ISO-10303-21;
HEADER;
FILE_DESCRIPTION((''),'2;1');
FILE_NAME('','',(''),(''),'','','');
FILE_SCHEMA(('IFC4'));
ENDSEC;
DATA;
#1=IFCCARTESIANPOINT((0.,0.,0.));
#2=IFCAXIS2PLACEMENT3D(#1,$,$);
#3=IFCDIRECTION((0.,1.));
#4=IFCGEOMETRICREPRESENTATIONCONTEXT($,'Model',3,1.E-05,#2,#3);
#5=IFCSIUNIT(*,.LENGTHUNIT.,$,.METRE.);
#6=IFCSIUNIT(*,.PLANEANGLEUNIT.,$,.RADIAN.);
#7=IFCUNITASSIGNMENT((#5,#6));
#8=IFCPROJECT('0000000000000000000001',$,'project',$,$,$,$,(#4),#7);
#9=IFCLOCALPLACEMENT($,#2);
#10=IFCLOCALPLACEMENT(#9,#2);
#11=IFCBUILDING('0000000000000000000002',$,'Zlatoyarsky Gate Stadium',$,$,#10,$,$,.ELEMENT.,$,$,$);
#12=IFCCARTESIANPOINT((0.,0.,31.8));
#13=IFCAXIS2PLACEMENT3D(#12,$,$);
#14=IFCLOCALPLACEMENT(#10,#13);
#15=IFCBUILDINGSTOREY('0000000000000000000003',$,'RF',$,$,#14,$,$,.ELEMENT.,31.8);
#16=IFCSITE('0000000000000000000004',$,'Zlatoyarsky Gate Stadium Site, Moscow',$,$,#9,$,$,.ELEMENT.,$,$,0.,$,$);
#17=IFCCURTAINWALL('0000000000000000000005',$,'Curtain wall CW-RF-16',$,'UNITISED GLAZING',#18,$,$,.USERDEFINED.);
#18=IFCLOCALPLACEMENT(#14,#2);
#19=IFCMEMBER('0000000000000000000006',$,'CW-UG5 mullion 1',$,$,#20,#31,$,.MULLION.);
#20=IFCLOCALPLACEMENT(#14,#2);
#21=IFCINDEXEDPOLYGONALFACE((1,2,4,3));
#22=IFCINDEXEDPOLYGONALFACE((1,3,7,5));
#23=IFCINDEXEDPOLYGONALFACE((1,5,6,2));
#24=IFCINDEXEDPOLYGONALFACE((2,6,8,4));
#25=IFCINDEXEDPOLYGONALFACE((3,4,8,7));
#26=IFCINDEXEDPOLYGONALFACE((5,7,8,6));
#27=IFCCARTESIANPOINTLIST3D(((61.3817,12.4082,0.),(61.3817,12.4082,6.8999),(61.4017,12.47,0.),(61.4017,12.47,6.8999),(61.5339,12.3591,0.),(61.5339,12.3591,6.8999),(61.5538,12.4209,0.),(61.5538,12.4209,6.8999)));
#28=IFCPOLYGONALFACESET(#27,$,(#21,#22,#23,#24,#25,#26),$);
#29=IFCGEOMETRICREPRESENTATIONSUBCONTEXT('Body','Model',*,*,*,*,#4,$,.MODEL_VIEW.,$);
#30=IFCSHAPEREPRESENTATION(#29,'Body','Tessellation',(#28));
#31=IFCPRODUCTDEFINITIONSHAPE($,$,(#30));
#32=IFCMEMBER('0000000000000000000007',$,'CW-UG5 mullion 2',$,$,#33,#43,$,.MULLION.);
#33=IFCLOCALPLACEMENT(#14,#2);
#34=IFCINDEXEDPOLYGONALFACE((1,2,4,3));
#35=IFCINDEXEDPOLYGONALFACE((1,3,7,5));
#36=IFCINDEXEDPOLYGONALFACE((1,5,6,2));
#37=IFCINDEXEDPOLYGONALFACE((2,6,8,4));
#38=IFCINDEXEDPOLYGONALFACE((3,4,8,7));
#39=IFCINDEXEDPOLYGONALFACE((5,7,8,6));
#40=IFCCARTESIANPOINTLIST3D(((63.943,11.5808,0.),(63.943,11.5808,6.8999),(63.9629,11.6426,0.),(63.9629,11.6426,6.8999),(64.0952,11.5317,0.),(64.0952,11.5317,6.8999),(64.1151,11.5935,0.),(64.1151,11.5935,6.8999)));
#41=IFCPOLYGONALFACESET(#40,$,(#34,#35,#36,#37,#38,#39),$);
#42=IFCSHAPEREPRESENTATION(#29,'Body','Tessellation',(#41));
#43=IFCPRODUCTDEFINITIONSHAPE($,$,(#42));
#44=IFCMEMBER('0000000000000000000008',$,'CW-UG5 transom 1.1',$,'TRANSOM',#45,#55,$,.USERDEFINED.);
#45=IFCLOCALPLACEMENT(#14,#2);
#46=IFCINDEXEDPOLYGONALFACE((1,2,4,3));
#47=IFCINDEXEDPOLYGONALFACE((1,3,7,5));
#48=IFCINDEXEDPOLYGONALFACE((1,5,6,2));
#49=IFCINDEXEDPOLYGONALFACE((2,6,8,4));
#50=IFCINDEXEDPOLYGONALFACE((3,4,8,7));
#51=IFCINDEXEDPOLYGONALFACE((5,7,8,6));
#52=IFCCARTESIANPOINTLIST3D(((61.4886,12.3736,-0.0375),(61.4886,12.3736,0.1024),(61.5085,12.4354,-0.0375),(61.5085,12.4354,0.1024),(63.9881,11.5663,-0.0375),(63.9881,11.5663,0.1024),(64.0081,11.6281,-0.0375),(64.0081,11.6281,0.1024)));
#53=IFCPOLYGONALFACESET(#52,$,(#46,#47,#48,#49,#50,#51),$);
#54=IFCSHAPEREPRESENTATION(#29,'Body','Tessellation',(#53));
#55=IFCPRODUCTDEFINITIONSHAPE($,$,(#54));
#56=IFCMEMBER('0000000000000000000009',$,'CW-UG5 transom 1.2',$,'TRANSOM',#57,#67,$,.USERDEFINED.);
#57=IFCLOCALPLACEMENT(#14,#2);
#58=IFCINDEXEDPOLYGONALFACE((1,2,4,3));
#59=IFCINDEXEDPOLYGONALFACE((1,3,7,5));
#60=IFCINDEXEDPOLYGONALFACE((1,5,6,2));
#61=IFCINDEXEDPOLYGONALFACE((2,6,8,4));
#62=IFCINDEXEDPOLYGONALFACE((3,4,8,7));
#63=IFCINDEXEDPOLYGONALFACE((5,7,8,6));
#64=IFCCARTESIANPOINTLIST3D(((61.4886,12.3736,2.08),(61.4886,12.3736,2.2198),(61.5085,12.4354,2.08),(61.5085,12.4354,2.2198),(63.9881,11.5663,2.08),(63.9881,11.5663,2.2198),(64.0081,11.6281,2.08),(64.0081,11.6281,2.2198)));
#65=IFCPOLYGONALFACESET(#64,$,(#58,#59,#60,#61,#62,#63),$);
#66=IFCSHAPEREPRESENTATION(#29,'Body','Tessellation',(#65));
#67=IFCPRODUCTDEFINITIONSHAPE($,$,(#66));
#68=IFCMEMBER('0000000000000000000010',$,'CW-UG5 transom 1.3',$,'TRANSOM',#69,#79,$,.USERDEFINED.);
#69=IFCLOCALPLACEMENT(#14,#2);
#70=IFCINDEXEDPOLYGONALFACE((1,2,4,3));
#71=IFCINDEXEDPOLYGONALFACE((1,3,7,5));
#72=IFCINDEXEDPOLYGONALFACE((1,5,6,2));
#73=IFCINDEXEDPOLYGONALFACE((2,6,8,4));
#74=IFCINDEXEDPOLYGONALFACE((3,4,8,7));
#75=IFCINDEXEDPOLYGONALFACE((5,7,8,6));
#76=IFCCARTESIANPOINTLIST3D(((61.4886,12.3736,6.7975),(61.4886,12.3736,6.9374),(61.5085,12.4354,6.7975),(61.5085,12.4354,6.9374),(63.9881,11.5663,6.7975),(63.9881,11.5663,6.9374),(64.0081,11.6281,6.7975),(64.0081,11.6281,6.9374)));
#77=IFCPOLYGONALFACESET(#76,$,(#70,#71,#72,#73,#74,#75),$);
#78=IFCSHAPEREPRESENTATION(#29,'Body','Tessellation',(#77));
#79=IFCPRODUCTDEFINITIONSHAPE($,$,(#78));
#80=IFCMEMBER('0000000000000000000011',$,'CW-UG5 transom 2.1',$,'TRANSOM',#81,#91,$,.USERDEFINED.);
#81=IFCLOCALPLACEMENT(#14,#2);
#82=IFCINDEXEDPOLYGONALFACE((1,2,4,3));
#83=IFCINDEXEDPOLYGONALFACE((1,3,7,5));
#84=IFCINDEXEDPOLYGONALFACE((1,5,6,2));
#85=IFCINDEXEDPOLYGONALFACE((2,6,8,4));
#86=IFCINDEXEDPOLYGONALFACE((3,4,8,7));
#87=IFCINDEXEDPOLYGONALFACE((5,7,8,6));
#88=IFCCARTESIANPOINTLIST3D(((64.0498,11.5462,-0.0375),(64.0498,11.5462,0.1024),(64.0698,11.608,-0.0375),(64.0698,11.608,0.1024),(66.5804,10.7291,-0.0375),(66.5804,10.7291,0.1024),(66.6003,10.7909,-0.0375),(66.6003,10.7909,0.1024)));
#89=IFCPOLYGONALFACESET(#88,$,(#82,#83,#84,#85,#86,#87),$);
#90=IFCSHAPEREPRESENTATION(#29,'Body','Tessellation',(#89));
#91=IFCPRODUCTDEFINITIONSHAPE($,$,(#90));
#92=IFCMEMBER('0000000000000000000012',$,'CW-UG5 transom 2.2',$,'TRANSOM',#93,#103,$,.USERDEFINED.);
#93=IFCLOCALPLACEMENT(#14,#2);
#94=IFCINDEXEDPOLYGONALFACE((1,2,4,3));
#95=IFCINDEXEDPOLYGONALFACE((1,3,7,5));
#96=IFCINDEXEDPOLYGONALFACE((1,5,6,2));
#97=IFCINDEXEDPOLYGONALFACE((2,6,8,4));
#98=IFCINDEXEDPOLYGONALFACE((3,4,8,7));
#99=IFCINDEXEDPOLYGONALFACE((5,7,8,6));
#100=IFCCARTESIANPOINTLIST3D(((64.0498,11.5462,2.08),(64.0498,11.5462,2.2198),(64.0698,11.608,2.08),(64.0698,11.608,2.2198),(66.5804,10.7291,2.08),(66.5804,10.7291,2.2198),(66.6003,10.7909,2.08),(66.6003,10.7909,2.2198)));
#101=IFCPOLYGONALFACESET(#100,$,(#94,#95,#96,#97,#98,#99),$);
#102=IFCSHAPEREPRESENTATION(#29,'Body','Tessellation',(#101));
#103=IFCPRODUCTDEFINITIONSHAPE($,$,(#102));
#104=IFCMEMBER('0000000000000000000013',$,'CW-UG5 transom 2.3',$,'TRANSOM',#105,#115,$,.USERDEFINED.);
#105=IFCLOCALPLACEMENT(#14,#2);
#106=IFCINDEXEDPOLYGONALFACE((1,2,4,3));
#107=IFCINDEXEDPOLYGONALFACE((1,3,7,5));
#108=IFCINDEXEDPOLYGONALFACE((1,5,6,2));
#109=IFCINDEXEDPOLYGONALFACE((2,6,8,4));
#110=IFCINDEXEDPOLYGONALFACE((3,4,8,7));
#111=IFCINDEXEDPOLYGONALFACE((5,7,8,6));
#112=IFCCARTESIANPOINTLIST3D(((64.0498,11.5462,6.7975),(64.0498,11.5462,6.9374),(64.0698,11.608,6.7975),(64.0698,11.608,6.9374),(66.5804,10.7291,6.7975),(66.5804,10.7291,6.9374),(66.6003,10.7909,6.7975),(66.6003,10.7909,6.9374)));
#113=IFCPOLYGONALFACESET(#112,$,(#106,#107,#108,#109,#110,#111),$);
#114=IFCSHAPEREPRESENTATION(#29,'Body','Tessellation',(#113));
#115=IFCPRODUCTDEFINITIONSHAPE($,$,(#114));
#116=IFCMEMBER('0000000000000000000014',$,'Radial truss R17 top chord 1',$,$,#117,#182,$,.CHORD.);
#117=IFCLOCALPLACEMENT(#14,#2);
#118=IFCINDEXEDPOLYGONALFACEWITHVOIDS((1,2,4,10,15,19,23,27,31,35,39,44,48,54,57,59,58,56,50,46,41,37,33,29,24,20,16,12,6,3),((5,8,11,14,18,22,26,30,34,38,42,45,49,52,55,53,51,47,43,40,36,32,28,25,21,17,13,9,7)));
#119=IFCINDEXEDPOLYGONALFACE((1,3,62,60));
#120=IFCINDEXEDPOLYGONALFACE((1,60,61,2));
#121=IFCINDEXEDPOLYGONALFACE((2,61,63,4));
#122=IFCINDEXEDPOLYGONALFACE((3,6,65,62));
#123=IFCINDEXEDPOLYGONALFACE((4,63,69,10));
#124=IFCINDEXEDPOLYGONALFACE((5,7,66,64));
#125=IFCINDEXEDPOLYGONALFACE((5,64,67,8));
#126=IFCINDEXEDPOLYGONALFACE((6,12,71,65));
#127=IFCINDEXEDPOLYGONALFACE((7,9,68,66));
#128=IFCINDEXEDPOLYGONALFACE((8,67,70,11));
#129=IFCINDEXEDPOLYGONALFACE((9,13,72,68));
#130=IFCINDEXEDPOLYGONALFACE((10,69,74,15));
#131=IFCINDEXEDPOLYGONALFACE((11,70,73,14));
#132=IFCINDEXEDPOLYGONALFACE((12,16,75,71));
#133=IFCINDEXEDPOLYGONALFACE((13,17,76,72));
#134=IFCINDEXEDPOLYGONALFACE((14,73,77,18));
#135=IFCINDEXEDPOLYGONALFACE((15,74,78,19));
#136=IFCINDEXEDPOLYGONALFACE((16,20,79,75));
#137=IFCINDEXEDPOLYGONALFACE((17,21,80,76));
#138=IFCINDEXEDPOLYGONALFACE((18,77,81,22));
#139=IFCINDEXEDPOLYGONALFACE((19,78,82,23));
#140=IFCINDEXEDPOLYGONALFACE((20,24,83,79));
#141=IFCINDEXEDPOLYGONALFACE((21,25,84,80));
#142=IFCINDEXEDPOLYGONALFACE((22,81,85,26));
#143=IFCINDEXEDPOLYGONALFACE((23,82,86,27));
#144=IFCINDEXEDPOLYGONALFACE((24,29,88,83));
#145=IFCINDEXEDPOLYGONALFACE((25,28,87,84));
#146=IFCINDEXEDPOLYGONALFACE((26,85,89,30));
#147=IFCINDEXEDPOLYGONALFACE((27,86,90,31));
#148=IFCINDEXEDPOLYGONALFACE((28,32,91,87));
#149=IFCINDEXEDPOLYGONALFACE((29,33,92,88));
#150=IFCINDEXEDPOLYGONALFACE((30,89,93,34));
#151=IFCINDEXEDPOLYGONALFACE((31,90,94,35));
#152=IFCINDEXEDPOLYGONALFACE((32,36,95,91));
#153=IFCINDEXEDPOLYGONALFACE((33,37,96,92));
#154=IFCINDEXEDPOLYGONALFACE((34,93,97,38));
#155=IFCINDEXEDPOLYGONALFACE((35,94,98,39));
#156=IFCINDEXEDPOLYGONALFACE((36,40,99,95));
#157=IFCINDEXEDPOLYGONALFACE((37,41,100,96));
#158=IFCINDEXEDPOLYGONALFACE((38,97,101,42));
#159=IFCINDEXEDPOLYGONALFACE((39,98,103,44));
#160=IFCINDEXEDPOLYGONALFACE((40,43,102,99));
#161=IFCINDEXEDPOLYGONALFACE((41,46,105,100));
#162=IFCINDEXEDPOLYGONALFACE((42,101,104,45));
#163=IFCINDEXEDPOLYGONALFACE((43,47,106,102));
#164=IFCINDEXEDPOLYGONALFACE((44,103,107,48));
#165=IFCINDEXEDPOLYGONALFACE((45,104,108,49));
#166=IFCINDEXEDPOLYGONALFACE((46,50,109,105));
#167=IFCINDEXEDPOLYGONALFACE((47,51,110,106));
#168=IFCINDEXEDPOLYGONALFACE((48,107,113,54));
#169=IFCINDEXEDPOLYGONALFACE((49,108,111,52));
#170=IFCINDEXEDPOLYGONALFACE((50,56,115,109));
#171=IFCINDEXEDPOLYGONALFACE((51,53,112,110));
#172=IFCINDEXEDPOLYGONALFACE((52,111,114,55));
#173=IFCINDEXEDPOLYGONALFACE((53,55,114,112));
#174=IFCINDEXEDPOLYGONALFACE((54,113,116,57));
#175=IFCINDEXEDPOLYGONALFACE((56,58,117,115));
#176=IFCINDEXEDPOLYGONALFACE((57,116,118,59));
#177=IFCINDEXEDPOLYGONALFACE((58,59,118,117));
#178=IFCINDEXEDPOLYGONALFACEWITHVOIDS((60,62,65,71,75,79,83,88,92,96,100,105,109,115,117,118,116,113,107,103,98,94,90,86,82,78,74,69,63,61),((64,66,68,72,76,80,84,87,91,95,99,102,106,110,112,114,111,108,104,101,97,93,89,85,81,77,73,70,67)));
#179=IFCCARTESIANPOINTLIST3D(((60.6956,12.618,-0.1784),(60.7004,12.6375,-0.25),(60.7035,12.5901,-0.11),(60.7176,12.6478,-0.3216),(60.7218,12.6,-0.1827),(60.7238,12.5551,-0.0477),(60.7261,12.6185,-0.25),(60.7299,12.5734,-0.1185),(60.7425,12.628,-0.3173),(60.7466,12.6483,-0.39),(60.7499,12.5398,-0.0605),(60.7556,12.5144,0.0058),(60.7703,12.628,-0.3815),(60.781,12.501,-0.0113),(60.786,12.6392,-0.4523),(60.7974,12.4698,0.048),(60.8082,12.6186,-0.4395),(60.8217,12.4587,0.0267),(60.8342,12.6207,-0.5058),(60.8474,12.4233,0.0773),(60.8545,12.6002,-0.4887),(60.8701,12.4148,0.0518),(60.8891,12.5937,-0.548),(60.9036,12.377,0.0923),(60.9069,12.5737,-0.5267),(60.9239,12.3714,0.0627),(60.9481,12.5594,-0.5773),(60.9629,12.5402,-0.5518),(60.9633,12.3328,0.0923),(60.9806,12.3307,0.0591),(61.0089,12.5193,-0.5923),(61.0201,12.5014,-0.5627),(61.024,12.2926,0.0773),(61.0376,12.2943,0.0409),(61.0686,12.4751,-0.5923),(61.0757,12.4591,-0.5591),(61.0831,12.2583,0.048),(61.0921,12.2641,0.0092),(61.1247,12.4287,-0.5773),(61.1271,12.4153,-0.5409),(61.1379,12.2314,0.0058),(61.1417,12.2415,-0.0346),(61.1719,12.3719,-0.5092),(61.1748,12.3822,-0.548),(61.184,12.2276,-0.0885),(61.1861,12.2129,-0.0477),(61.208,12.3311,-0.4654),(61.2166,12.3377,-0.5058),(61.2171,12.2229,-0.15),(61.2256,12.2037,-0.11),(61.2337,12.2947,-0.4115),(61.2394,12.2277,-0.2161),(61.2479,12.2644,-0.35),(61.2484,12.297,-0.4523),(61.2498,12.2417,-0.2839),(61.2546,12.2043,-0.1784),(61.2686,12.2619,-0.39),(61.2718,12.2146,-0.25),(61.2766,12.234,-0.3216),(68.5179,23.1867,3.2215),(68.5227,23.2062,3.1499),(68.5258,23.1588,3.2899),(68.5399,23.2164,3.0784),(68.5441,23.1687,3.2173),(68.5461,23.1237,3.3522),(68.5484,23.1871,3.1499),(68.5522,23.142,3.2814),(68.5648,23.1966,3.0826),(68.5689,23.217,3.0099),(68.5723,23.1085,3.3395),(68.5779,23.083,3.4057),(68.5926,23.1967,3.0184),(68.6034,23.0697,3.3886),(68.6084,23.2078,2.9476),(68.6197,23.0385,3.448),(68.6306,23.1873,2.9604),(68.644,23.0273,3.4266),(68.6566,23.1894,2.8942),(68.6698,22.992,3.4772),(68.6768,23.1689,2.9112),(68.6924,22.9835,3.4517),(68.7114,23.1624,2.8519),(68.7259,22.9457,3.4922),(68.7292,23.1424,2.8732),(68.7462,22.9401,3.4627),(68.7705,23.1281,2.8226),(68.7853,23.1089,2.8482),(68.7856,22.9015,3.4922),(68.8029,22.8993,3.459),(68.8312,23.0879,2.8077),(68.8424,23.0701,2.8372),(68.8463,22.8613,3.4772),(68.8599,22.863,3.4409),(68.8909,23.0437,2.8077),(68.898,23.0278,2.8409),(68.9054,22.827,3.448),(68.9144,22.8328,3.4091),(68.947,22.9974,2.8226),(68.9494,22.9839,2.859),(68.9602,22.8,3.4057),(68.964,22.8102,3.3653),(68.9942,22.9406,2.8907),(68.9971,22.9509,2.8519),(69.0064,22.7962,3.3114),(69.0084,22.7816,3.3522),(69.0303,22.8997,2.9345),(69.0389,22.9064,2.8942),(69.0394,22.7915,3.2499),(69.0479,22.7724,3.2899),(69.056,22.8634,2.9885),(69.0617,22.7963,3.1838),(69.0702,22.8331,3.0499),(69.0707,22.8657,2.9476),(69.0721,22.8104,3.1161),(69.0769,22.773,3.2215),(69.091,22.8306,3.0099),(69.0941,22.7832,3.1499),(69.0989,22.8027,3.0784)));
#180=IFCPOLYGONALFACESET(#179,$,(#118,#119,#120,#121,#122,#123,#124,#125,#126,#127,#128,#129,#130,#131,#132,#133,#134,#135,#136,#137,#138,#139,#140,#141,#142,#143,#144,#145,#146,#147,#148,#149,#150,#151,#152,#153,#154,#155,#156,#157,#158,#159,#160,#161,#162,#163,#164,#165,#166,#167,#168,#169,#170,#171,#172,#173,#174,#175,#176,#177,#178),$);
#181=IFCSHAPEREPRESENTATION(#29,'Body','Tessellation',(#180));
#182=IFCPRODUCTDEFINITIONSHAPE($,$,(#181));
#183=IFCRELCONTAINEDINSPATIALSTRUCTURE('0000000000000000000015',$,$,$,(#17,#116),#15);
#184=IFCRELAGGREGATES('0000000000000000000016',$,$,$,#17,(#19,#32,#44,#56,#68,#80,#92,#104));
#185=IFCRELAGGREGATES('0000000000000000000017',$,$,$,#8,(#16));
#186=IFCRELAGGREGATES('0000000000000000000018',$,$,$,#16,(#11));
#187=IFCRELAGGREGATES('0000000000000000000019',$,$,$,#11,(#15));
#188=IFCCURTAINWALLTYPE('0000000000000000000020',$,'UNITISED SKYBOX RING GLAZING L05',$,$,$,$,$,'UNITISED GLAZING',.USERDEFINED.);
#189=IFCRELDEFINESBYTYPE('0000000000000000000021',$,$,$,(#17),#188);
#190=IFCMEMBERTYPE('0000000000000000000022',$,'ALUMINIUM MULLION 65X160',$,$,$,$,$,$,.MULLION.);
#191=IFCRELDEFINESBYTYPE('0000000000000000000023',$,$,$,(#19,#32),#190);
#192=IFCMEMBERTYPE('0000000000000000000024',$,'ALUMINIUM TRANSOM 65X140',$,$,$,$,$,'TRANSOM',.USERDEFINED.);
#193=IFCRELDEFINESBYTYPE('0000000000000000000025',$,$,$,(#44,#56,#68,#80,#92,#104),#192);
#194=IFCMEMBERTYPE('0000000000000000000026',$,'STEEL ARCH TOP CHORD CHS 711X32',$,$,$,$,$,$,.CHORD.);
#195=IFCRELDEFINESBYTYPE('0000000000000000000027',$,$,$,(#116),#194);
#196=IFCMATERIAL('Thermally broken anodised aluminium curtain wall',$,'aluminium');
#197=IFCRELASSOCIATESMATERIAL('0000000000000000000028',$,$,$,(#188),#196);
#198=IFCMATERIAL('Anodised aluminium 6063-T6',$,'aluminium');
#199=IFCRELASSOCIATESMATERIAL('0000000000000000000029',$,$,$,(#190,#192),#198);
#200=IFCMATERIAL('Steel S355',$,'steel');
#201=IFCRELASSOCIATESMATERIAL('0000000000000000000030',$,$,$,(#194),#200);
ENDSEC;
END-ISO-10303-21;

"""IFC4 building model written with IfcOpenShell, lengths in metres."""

from ifc_helpers import new_model, si_unit, direction, frame, origin, origin_2d, place, context, subcontext, project, spatial, rectangle, hollow_circle, extrude, material, material_profile, profile_set, type_object, element, aggregate, save


model = new_model("IFC4")

# Units and contexts
model_context = context("Model", 3, precision=1e-05, world=origin(), true_north=direction((0.0, 1.0)))
body_context = subcontext(model_context, "Body", "Model", "MODEL_VIEW")
ifc_project = project(units=[si_unit("LENGTHUNIT", "METRE"), si_unit("PLANEANGLEUNIT", "RADIAN")], contexts=[model_context])

# Site, building, storey
site_placement = place(None, origin())
site = spatial("IfcSite", under=ifc_project, at=site_placement, Name="Zlatoyarsky Gate Stadium Site, Moscow", CompositionType="ELEMENT", RefElevation=0.0)
building_placement = place(site_placement, origin())
building = spatial("IfcBuilding", under=site, at=building_placement, Name="Zlatoyarsky Gate Stadium", CompositionType="ELEMENT")
storey_placement = place(building_placement, frame((0.0, 0.0, 31.8)))
storey = spatial("IfcBuildingStorey", under=building, at=storey_placement, Name="RF", CompositionType="ELEMENT", Elevation=31.8)

# Curtain wall, members
ifc_material_1 = material(Name="Thermally broken anodised aluminium curtain wall", Category="aluminium")
curtain_wall_type = type_object("IfcCurtainWallType", Name="UNITISED SKYBOX RING GLAZING L05", ElementType="UNITISED GLAZING", PredefinedType="USERDEFINED", material=ifc_material_1)
curtain_wall_placement = place(storey_placement, origin())
curtain_wall = element("IfcCurtainWall", 1, at=curtain_wall_placement, inside=storey, type_object=curtain_wall_type, Name="Curtain wall CW-RF-16", ObjectType="UNITISED GLAZING", PredefinedType="USERDEFINED")
ifc_material_2 = material(Name="Anodised aluminium 6063-T6", Category="aluminium")
ifc_material_profile_1 = material_profile(ifc_material_2, rectangle(XDim=0.0649, YDim=0.1599, at=origin_2d()), Name="ALU 65X160")
ifc_profile_set_1 = profile_set([ifc_material_profile_1], Name="Anodised aluminium 6063-T6")
member_type_1 = type_object("IfcMemberType", Name="ALUMINIUM MULLION 65X160", PredefinedType="MULLION", material=ifc_profile_set_1)
member_1_placement = place(storey_placement, frame((61.4678, 12.4146, 0.0), z_axis=(0.0, 0.0, 1.0), x_axis=(0.307352, 0.951596, 0.0)))
member_1 = element("IfcMember", 2, at=member_1_placement, type_object=member_type_1, Name="CW-UG5 mullion 1", PredefinedType="MULLION", context=body_context, shape_type="SweptSolid", body=[
    extrude(rectangle(XDim=0.0649, YDim=0.1599, at=origin_2d()), origin(), (0.0, 0.0, 1.0), 6.8999),
])
member_2_placement = place(storey_placement, frame((64.0291, 11.5872, 0.0), z_axis=(0.0, 0.0, 1.0), x_axis=(0.307352, 0.951596, 0.0)))
member_2 = element("IfcMember", 3, at=member_2_placement, type_object=member_type_1, Name="CW-UG5 mullion 2", PredefinedType="MULLION", context=body_context, shape_type="SweptSolid", body=[
    extrude(rectangle(XDim=0.0649, YDim=0.1599, at=origin_2d()), origin(), (0.0, 0.0, 1.0), 6.8999),
])
ifc_material_profile_2 = material_profile(ifc_material_2, rectangle(XDim=0.0649, YDim=0.1399, at=origin_2d()), Name="ALU 65X140")
ifc_profile_set_2 = profile_set([ifc_material_profile_2], Name="Anodised aluminium 6063-T6")
member_type_2 = type_object("IfcMemberType", Name="ALUMINIUM TRANSOM 65X140", ElementType="TRANSOM", PredefinedType="USERDEFINED", material=ifc_profile_set_2)
member_3_placement = place(storey_placement, frame((61.4985, 12.4045, 0.0325), z_axis=(0.951589, -0.307375, 0.0), x_axis=(0.307375, 0.951589, 0.0)))
member_3 = element("IfcMember", 4, at=member_3_placement, type_object=member_type_2, Name="CW-UG5 transom 1.1", ObjectType="TRANSOM", PredefinedType="USERDEFINED", context=body_context, shape_type="SweptSolid", body=[
    extrude(rectangle(XDim=0.0649, YDim=0.1399, at=origin_2d()), origin(), (0.0, 0.0, 1.0), 2.6267),
])
member_4_placement = place(storey_placement, frame((61.4985, 12.4045, 2.1499), z_axis=(0.951589, -0.307375, 0.0), x_axis=(0.307375, 0.951589, 0.0)))
member_4 = element("IfcMember", 5, at=member_4_placement, type_object=member_type_2, Name="CW-UG5 transom 1.2", ObjectType="TRANSOM", PredefinedType="USERDEFINED", context=body_context, shape_type="SweptSolid", body=[
    extrude(rectangle(XDim=0.0649, YDim=0.1399, at=origin_2d()), origin(), (0.0, 0.0, 1.0), 2.6267),
])
member_5_placement = place(storey_placement, frame((61.4985, 12.4045, 6.8674), z_axis=(0.951589, -0.307375, 0.0), x_axis=(0.307375, 0.951589, 0.0)))
member_5 = element("IfcMember", 6, at=member_5_placement, type_object=member_type_2, Name="CW-UG5 transom 1.3", ObjectType="TRANSOM", PredefinedType="USERDEFINED", context=body_context, shape_type="SweptSolid", body=[
    extrude(rectangle(XDim=0.0649, YDim=0.1399, at=origin_2d()), origin(), (0.0, 0.0, 1.0), 2.6267),
])
member_6_placement = place(storey_placement, frame((64.0598, 11.5771, 0.0325), z_axis=(0.951616, -0.30729, 0.0), x_axis=(0.30729, 0.951616, 0.0)))
member_6 = element("IfcMember", 7, at=member_6_placement, type_object=member_type_2, Name="CW-UG5 transom 2.1", ObjectType="TRANSOM", PredefinedType="USERDEFINED", context=body_context, shape_type="SweptSolid", body=[
    extrude(rectangle(XDim=0.0649, YDim=0.1399, at=origin_2d()), origin(), (0.0, 0.0, 1.0), 2.6592),
])
member_7_placement = place(storey_placement, frame((64.0598, 11.5771, 2.1499), z_axis=(0.951616, -0.30729, 0.0), x_axis=(0.30729, 0.951616, 0.0)))
member_7 = element("IfcMember", 8, at=member_7_placement, type_object=member_type_2, Name="CW-UG5 transom 2.2", ObjectType="TRANSOM", PredefinedType="USERDEFINED", context=body_context, shape_type="SweptSolid", body=[
    extrude(rectangle(XDim=0.0649, YDim=0.1399, at=origin_2d()), origin(), (0.0, 0.0, 1.0), 2.6592),
])
member_8_placement = place(storey_placement, frame((64.0598, 11.5771, 6.8674), z_axis=(0.951616, -0.30729, 0.0), x_axis=(0.30729, 0.951616, 0.0)))
member_8 = element("IfcMember", 9, at=member_8_placement, type_object=member_type_2, Name="CW-UG5 transom 2.3", ObjectType="TRANSOM", PredefinedType="USERDEFINED", context=body_context, shape_type="SweptSolid", body=[
    extrude(rectangle(XDim=0.0649, YDim=0.1399, at=origin_2d()), origin(), (0.0, 0.0, 1.0), 2.6592),
])

# Member
ifc_material_3 = material(Name="Steel S355", Category="steel")
ifc_material_profile_3 = material_profile(ifc_material_3, hollow_circle(Radius=0.3555, WallThickness=0.032, at=origin_2d()), Name="CHS 711X32")
ifc_profile_set_3 = profile_set([ifc_material_profile_3], Name="Steel S355")
member_type_3 = type_object("IfcMemberType", Name="STEEL ARCH TOP CHORD CHS 711X32", PredefinedType="CHORD", material=ifc_profile_set_3)
member_9_placement = place(storey_placement, frame((60.9861, 12.426, -0.25), z_axis=(0.575973, 0.778192, 0.250343), x_axis=(-0.803787, 0.594917, 0.0)))
element("IfcMember", 10, at=member_9_placement, inside=storey, type_object=member_type_3, Name="Radial truss R17 top chord 1", PredefinedType="CHORD", context=body_context, shape_type="SweptSolid", body=[
    extrude(hollow_circle(Radius=0.3555, WallThickness=0.032, at=origin_2d()), origin(), (0.0, 0.0, 1.0), 13.5811),
])

aggregate(curtain_wall, [member_1, member_2, member_3, member_4, member_5, member_6, member_7, member_8])

save(model, "model.ifc")
